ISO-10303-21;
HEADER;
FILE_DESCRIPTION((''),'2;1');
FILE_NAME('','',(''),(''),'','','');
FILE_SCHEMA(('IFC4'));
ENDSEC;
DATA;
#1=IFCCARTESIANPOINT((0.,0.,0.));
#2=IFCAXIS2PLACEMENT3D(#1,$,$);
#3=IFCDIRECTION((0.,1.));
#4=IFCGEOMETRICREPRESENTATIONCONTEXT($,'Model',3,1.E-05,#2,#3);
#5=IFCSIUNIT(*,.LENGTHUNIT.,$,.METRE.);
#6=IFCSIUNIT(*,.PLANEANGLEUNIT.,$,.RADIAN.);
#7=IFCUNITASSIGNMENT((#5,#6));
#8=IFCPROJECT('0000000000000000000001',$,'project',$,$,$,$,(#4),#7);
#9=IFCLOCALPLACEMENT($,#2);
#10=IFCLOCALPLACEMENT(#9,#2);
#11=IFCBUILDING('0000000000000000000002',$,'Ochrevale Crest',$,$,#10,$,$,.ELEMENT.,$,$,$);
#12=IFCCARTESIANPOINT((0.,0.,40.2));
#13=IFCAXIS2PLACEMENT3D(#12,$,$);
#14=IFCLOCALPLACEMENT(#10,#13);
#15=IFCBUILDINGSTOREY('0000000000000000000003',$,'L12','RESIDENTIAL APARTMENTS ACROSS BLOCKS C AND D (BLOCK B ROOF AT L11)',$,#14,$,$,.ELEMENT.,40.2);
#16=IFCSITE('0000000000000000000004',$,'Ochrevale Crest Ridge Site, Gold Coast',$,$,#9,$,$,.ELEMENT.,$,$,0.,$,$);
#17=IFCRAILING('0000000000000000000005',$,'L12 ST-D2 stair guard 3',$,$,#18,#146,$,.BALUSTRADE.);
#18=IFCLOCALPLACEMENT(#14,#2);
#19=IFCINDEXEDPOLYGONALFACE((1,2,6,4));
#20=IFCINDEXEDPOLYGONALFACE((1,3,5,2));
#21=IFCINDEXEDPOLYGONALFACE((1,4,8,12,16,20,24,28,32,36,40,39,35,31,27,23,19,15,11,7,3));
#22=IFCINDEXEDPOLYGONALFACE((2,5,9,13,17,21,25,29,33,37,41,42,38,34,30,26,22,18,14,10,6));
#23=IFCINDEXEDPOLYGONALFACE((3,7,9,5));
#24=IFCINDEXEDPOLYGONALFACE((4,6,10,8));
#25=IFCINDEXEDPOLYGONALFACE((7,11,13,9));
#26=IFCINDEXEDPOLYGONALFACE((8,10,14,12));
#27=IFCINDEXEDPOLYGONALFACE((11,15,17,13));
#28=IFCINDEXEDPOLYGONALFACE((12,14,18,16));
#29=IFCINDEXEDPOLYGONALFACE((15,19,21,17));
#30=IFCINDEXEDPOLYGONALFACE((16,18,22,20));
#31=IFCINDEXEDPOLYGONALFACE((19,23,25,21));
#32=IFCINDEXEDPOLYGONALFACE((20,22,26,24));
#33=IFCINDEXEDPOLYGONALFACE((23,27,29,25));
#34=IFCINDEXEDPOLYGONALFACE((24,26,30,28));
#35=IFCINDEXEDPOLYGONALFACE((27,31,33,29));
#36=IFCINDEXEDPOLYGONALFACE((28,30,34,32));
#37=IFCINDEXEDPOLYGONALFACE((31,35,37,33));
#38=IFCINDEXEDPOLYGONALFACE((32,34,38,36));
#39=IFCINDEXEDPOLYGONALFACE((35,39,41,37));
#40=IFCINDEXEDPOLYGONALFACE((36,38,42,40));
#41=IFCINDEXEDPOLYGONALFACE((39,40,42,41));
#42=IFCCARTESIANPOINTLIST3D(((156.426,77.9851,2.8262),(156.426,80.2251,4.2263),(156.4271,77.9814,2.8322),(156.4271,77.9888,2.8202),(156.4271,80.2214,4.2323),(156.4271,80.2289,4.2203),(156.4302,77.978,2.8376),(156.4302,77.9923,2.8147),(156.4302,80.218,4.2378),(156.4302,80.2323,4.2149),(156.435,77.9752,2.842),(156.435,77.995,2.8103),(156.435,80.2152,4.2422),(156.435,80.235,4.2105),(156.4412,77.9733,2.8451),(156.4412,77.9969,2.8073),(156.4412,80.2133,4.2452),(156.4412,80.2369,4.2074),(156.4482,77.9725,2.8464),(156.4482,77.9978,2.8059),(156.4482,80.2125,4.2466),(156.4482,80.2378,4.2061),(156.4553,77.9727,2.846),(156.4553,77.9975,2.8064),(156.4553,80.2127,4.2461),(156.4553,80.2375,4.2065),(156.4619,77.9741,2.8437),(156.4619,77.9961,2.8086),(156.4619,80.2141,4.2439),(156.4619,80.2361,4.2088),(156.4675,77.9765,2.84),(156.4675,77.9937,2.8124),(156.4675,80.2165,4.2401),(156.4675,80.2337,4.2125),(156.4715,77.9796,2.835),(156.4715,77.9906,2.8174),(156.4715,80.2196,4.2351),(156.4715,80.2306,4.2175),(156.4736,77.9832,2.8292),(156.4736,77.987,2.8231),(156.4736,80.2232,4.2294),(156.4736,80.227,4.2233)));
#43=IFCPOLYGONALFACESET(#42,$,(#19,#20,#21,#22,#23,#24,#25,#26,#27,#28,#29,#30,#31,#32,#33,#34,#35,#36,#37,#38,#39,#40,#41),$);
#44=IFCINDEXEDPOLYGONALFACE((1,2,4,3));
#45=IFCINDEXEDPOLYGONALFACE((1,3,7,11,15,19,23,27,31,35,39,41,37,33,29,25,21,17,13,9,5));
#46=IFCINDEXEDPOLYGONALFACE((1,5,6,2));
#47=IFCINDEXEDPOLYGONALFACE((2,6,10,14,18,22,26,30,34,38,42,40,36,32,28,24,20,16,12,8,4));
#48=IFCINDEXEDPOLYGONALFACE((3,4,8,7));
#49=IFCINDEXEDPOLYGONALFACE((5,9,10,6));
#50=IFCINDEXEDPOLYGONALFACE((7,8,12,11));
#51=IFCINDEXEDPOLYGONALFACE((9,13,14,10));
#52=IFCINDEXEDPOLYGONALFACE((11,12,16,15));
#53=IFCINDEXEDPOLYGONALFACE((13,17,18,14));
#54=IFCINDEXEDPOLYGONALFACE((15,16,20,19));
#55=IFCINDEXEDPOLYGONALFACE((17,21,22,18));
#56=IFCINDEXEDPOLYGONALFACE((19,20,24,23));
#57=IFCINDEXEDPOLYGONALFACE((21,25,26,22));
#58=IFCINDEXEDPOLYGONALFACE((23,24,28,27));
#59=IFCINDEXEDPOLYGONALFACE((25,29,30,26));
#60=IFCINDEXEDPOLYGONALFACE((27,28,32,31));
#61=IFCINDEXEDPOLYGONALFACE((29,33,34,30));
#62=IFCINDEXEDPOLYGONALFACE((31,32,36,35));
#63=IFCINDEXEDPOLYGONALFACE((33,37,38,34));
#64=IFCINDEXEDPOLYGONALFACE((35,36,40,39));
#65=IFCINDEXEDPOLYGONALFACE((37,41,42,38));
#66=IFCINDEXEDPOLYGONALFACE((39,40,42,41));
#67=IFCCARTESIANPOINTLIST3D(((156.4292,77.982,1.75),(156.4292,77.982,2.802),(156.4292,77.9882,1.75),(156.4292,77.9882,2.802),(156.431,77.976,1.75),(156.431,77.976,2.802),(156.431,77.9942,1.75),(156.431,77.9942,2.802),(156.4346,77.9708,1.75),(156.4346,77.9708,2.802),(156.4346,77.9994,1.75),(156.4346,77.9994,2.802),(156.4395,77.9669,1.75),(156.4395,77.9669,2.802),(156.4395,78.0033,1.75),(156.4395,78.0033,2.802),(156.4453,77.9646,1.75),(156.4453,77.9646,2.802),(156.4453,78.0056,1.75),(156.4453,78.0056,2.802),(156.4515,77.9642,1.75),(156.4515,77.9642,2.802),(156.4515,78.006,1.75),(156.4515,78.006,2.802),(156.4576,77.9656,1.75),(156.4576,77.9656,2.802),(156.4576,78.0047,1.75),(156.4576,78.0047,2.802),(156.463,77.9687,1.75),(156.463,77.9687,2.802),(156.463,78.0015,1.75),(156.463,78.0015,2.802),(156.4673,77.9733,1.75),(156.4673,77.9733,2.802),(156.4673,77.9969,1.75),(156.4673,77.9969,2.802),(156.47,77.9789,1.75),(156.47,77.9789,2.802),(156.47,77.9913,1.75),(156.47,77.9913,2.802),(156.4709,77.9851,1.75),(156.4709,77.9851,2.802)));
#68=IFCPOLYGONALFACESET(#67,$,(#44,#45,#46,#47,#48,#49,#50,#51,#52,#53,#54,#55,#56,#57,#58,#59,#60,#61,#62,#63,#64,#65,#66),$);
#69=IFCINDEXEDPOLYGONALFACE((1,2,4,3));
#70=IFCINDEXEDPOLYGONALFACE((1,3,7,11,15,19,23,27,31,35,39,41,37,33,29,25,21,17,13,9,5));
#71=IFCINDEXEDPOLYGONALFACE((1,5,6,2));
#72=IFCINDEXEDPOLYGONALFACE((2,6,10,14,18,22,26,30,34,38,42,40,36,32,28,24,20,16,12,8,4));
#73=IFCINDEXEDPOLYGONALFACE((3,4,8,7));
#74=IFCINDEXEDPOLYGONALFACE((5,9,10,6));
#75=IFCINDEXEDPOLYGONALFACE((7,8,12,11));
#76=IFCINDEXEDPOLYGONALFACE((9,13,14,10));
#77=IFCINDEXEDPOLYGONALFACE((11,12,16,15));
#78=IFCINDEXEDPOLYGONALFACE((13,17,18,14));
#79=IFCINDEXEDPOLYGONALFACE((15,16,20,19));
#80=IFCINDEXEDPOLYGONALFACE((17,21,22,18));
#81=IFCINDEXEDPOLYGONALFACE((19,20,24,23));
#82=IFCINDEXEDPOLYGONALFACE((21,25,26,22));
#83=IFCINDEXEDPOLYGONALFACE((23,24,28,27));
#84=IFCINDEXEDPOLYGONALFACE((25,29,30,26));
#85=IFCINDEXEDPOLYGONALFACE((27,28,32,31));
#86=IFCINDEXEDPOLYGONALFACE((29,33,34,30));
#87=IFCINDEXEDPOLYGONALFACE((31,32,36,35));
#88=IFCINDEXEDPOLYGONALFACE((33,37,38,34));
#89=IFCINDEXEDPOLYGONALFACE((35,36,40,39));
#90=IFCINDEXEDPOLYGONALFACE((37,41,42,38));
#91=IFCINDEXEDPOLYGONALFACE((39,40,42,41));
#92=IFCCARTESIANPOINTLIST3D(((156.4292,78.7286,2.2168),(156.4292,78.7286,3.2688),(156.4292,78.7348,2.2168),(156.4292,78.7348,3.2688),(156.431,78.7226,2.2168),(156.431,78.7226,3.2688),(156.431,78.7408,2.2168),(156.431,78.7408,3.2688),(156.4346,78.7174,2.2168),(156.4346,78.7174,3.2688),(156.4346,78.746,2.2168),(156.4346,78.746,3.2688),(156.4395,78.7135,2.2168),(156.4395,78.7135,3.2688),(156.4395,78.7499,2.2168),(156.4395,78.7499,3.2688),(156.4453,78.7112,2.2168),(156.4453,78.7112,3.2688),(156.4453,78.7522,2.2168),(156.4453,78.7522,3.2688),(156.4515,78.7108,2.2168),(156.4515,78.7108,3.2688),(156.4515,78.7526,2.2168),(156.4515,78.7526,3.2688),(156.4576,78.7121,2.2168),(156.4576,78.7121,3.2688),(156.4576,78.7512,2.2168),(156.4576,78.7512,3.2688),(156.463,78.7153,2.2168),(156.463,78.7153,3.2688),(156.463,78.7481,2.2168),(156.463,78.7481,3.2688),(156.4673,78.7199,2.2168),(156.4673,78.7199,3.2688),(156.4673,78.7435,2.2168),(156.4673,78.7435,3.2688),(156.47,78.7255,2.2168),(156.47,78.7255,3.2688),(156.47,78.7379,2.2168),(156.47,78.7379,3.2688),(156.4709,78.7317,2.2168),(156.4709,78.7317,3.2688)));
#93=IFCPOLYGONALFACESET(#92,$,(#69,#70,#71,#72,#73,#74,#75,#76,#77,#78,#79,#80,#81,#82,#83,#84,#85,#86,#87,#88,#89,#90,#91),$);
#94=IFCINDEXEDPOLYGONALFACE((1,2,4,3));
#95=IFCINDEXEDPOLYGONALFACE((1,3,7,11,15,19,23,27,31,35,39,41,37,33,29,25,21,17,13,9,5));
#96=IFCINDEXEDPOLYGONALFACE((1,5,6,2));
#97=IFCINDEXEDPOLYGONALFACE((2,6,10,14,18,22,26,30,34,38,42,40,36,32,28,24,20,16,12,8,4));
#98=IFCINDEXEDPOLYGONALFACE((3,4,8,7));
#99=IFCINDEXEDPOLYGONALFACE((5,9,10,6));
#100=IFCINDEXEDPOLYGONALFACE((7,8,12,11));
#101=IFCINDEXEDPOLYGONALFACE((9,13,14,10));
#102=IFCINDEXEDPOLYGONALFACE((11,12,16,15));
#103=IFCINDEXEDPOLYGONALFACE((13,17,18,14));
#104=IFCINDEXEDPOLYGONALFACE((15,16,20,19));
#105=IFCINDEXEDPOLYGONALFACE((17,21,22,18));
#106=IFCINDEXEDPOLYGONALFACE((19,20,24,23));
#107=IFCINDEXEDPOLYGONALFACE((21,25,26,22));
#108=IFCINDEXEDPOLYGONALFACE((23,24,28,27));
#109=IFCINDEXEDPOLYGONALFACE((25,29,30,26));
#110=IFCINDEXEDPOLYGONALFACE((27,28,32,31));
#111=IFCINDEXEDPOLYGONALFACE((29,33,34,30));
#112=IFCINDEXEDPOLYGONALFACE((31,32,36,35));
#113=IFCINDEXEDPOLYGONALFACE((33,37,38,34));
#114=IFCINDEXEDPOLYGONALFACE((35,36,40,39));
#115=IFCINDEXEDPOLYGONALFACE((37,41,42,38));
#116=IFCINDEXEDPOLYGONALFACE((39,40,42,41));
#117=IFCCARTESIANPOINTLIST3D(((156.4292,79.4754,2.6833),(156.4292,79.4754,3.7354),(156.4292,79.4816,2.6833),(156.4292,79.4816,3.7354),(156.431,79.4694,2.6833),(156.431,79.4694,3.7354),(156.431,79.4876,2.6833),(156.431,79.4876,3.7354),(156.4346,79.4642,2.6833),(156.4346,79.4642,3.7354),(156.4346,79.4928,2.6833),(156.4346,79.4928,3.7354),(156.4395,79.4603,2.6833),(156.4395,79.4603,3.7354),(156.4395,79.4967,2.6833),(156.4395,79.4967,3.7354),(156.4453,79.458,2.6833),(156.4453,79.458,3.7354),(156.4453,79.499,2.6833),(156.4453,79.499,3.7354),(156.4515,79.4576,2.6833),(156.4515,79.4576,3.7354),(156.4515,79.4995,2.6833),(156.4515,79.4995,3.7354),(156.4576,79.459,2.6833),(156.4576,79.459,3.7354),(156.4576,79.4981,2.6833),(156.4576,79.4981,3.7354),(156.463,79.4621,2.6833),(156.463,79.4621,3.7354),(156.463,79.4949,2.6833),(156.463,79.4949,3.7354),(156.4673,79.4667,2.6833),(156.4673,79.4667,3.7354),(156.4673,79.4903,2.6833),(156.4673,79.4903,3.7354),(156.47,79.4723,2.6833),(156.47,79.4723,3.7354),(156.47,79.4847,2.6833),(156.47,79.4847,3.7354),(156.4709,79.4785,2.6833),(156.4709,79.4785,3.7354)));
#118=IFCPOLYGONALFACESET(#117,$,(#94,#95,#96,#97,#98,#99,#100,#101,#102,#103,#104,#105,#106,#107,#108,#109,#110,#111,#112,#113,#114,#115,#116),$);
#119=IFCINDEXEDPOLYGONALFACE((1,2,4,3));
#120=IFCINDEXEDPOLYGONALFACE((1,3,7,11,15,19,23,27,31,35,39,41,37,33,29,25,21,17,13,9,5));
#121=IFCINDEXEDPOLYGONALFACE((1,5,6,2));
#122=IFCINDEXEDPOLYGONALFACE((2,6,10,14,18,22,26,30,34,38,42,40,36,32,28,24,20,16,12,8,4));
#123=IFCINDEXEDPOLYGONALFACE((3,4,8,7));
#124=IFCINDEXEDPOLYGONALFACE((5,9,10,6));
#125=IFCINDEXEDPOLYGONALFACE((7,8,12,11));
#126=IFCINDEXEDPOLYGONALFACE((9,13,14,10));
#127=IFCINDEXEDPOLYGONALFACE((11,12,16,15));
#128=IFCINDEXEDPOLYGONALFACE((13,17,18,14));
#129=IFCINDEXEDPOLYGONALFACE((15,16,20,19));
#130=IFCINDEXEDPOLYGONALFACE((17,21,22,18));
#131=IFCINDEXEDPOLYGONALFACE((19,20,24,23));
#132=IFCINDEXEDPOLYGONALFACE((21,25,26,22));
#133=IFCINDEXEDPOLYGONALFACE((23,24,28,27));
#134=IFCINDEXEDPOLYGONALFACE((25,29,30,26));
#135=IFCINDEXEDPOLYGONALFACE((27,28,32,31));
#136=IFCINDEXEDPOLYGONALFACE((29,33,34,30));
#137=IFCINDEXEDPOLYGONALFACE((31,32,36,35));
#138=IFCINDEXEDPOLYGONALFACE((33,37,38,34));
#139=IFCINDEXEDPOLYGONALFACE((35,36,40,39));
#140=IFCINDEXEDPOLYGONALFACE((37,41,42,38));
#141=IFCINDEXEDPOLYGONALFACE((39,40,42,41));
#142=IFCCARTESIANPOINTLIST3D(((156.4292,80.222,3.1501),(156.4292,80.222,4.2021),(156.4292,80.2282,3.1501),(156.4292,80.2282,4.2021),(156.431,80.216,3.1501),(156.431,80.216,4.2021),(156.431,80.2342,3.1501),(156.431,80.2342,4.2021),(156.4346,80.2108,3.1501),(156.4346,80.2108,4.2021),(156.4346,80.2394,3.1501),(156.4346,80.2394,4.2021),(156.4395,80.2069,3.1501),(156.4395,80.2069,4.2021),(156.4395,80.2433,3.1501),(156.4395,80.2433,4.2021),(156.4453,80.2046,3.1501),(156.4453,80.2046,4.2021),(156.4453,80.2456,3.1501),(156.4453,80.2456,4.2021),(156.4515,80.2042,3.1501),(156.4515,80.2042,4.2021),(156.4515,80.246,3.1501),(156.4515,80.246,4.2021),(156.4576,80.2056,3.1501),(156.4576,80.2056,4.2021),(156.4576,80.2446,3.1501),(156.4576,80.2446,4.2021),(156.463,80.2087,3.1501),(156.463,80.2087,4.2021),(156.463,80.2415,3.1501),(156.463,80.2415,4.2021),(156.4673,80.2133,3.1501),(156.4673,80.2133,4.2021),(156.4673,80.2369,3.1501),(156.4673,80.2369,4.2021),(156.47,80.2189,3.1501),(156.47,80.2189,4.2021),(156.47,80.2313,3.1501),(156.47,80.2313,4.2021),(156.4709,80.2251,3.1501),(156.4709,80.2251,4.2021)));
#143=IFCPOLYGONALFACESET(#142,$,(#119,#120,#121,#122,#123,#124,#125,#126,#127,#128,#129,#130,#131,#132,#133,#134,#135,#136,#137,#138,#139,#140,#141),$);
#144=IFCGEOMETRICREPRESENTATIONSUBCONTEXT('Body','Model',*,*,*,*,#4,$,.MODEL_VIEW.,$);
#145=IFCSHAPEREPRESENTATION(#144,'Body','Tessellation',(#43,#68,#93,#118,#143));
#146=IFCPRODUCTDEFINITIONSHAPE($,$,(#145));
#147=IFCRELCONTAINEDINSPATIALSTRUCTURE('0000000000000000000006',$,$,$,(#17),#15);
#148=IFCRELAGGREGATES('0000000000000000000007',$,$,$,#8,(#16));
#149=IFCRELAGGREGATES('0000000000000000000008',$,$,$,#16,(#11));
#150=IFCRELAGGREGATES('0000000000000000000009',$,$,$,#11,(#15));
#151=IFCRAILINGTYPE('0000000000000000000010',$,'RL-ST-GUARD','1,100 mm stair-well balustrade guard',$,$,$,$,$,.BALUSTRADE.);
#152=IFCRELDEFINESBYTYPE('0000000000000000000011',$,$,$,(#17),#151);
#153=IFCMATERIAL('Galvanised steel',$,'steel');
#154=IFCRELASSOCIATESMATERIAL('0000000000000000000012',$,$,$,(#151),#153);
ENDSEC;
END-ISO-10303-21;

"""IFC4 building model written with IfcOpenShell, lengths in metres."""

from ifc_helpers import new_model, si_unit, direction, frame, origin, origin_2d, place, context, subcontext, project, spatial, circle, extrude, material, type_object, element, save


model = new_model("IFC4")

# Units and contexts
model_context = context("Model", 3, precision=1e-05, world=origin(), true_north=direction((0.0, 1.0)))
body_context = subcontext(model_context, "Body", "Model", "MODEL_VIEW")
ifc_project = project(units=[si_unit("LENGTHUNIT", "METRE"), si_unit("PLANEANGLEUNIT", "RADIAN")], contexts=[model_context])

# Site, building, storey
site_placement = place(None, origin())
site = spatial("IfcSite", under=ifc_project, at=site_placement, Name="Ochrevale Crest Ridge Site, Gold Coast", CompositionType="ELEMENT", RefElevation=0.0)
building_placement = place(site_placement, origin())
building = spatial("IfcBuilding", under=site, at=building_placement, Name="Ochrevale Crest", CompositionType="ELEMENT")
storey_placement = place(building_placement, frame((0.0, 0.0, 40.2)))
storey = spatial("IfcBuildingStorey", under=building, at=storey_placement, Name="L12", Description="RESIDENTIAL APARTMENTS ACROSS BLOCKS C AND D (BLOCK B ROOF AT L11)", CompositionType="ELEMENT", Elevation=40.2)

# Railing
ifc_material_1 = material(Name="Galvanised steel", Category="steel")
railing_type_1 = type_object("IfcRailingType", Name="RL-ST-GUARD", Description="1,100 mm stair-well balustrade guard", PredefinedType="BALUSTRADE", material=ifc_material_1)
railing_1_placement = place(storey_placement, frame((156.45, 77.9851, 1.75)))
element("IfcRailing", 1, at=railing_1_placement, inside=storey, type_object=railing_type_1, Name="L12 ST-D2 stair guard 3", PredefinedType="BALUSTRADE", context=body_context, shape_type="SweptSolid", body=[
    extrude(circle(Radius=0.0239, at=origin_2d()), frame((0.0, 0.0, 1.0762), z_axis=(0.0, 0.847972, 0.53004), x_axis=(-1.0, 0.0, 0.0)), (0.0, 0.0, 1.0), 2.6416),
    extrude(circle(Radius=0.021, at=origin_2d()), origin(), (0.0, 0.0, 1.0), 1.052),
    extrude(circle(Radius=0.021, at=origin_2d()), frame((0.0, 0.7466, 0.4668)), (0.0, 0.0, 1.0), 1.052),
    extrude(circle(Radius=0.021, at=origin_2d()), frame((0.0, 1.4934, 0.9333)), (0.0, 0.0, 1.0), 1.052),
    extrude(circle(Radius=0.021, at=origin_2d()), frame((0.0, 2.24, 1.4001)), (0.0, 0.0, 1.0), 1.052),
])

save(model, "model.ifc")
